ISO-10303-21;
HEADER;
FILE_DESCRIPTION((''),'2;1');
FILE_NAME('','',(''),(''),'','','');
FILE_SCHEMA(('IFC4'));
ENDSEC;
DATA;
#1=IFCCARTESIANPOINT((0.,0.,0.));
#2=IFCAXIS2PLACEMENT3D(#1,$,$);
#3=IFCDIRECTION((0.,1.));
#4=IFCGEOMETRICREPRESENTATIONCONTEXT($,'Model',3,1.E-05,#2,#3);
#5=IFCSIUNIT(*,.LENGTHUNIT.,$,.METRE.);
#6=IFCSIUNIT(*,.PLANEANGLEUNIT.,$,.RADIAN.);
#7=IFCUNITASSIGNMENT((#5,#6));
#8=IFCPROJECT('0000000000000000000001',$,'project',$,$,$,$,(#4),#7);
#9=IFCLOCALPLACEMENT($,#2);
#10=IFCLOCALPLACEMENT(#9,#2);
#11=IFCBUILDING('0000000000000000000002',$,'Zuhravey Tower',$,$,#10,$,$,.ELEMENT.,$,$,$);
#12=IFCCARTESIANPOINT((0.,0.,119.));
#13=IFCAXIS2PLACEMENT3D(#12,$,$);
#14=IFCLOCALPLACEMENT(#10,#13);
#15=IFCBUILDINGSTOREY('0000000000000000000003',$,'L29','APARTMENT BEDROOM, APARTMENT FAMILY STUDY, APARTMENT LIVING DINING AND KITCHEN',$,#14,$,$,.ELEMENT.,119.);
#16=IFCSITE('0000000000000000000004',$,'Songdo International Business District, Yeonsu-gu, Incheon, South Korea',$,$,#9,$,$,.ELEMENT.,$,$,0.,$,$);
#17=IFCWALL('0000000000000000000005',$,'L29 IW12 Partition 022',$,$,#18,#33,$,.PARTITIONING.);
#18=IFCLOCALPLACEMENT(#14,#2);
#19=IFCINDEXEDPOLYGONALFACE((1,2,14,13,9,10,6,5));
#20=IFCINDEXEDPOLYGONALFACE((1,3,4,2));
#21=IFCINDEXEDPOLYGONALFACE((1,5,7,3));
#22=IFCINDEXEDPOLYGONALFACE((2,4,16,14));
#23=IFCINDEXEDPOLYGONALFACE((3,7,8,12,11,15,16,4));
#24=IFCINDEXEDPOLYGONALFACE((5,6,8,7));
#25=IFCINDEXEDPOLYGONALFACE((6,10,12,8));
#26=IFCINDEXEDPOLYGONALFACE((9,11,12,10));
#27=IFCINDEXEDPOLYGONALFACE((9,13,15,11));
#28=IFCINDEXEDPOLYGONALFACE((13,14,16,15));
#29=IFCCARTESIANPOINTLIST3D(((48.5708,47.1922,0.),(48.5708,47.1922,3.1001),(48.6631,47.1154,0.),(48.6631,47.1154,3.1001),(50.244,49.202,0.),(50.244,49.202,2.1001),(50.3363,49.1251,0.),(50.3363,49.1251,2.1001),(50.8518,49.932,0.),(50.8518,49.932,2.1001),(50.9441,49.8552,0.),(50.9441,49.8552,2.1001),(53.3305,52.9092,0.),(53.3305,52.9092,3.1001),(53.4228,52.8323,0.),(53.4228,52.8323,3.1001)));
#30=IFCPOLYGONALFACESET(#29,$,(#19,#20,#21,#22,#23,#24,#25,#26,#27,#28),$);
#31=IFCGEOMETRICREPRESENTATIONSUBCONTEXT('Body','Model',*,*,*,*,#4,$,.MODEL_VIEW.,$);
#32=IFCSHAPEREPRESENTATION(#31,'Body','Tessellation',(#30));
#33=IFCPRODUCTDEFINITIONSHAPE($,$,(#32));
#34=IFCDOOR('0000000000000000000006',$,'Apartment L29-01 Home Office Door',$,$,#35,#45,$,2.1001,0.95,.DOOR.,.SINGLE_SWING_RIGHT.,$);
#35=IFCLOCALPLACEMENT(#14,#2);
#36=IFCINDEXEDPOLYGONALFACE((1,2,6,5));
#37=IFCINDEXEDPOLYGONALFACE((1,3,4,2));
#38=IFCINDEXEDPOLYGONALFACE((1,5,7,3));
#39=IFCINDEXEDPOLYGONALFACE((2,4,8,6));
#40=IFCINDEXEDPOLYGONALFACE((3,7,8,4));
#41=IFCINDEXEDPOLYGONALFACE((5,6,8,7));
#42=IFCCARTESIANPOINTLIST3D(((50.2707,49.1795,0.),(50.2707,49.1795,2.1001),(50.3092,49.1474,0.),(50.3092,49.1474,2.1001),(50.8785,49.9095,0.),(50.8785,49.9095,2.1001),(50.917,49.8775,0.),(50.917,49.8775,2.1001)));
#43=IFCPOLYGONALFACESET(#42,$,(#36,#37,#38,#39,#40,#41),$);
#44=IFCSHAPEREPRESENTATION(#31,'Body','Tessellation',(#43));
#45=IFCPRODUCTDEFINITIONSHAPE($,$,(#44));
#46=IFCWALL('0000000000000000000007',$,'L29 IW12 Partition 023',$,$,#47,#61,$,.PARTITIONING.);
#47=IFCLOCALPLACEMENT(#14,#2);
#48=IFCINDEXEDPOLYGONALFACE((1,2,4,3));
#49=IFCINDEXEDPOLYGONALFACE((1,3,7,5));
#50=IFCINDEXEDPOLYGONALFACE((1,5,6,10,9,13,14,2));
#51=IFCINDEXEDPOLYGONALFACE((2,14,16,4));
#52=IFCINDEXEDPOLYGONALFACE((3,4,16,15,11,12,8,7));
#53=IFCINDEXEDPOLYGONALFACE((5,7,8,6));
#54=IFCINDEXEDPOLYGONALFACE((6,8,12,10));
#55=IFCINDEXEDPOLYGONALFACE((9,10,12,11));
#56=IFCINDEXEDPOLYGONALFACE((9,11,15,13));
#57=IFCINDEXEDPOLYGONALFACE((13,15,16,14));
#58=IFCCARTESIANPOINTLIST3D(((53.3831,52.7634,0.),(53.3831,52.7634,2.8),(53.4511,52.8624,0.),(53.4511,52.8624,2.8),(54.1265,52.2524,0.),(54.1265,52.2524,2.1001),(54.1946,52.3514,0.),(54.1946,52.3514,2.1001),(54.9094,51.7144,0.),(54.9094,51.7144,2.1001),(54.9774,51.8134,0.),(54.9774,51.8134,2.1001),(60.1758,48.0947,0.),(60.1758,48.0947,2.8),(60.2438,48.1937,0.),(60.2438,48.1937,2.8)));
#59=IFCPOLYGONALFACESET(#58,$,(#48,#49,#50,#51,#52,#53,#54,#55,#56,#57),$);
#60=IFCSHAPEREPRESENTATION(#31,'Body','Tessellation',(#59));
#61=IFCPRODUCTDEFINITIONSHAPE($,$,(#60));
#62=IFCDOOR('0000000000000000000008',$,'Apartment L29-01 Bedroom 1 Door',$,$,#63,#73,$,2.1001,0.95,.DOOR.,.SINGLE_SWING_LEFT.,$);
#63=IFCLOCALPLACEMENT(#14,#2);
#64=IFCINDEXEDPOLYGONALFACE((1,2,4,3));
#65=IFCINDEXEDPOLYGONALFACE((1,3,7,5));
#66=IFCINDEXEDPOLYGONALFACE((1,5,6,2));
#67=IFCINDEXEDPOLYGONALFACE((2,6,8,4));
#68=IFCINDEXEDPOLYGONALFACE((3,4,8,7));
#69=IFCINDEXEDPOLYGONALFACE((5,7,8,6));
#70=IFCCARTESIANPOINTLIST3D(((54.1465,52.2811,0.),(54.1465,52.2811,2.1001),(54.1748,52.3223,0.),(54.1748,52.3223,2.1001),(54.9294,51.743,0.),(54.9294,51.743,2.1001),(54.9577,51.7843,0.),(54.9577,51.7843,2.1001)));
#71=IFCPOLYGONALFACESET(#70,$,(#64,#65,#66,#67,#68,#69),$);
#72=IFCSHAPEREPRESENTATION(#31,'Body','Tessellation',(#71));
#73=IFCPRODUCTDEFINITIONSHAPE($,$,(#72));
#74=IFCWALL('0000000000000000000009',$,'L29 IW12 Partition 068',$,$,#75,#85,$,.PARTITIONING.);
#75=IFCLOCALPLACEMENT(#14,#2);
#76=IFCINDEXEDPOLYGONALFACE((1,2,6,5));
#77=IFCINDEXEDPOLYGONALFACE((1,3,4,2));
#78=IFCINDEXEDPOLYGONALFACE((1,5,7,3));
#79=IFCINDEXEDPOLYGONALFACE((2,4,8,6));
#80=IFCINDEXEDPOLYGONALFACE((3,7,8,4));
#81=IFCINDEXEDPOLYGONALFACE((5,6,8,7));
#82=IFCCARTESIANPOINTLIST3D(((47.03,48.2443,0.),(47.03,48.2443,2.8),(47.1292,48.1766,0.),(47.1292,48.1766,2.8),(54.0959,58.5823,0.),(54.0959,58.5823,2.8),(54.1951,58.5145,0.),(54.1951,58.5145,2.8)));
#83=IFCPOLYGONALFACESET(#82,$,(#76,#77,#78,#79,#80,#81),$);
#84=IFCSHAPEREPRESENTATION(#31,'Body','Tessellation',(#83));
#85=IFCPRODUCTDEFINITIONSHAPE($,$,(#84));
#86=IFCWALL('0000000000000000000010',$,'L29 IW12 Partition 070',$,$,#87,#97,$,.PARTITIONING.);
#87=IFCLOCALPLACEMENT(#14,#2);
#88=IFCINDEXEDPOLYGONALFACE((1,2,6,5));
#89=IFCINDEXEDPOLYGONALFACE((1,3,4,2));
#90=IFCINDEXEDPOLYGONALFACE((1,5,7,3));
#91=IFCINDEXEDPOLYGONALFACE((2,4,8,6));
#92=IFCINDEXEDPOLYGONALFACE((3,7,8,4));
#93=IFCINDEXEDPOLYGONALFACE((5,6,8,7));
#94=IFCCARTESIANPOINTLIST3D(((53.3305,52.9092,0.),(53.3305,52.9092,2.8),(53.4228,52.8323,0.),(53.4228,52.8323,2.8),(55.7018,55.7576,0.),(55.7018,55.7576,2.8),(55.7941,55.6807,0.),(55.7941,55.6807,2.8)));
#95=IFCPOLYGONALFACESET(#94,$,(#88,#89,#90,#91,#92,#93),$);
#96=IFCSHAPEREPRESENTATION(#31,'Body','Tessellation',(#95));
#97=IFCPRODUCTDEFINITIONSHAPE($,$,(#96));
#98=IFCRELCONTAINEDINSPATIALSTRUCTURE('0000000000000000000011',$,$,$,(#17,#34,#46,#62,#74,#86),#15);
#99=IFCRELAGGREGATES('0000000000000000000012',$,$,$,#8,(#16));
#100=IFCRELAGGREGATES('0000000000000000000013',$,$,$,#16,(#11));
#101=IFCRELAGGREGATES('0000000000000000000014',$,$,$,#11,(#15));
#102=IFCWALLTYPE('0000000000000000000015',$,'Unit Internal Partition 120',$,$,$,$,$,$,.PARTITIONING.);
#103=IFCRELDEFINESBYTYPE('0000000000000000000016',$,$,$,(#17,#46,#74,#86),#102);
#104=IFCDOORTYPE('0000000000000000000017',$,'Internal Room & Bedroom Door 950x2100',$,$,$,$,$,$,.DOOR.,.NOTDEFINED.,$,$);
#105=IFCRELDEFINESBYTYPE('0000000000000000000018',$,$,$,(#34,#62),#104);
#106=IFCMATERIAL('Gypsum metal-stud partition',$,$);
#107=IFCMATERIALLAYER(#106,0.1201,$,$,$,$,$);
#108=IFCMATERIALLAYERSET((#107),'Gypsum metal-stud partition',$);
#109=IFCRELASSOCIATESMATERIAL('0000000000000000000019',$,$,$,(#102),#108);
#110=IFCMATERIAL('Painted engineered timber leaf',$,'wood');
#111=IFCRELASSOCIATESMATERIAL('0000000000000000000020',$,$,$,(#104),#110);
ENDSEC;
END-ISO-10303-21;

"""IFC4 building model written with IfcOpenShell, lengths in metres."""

from ifc_helpers import new_model, si_unit, direction, frame, frame_2d, origin, place, context, subcontext, project, spatial, rectangle, extrude, material, layer, layer_set, type_object, element, fill, save


model = new_model("IFC4")

# Units and contexts
model_context = context("Model", 3, precision=1e-05, world=origin(), true_north=direction((0.0, 1.0)))
body_context = subcontext(model_context, "Body", "Model", "MODEL_VIEW")
ifc_project = project(units=[si_unit("LENGTHUNIT", "METRE"), si_unit("PLANEANGLEUNIT", "RADIAN")], contexts=[model_context])

# Site, building, storey
site_placement = place(None, origin())
site = spatial("IfcSite", under=ifc_project, at=site_placement, Name="Songdo International Business District, Yeonsu-gu, Incheon, South Korea", CompositionType="ELEMENT", RefElevation=0.0)
building_placement = place(site_placement, origin())
building = spatial("IfcBuilding", under=site, at=building_placement, Name="Zuhravey Tower", CompositionType="ELEMENT")
storey_placement = place(building_placement, frame((0.0, 0.0, 119.0)))
storey = spatial("IfcBuildingStorey", under=building, at=storey_placement, Name="L29", Description="APARTMENT BEDROOM, APARTMENT FAMILY STUDY, APARTMENT LIVING DINING AND KITCHEN", CompositionType="ELEMENT", Elevation=119.0)

# Shared definitions
ifc_material_1 = material(Name="Gypsum metal-stud partition")
ifc_layer_1 = layer(ifc_material_1, 0.1201)
ifc_layer_set_1 = layer_set([ifc_layer_1], Name="Gypsum metal-stud partition")
wall_type_1 = type_object("IfcWallType", Name="Unit Internal Partition 120", PredefinedType="PARTITIONING", material=ifc_layer_set_1)
ifc_material_2 = material(Name="Painted engineered timber leaf", Category="wood")
door_type = type_object("IfcDoorType", Name="Internal Room & Bedroom Door 950x2100", OperationType="NOTDEFINED", PredefinedType="DOOR", material=ifc_material_2)

# Walls, openings, doors
wall_1_placement = place(storey_placement, frame((48.6169, 47.1538, 0.0), z_axis=(0.0, 0.0, 1.0), x_axis=(0.639832, 0.768514, 0.0)))
wall_1 = element("IfcWall", 1, at=wall_1_placement, inside=storey, type_object=wall_type_1, Name="L29 IW12 Partition 022", PredefinedType="PARTITIONING", context=body_context, shape_type="SweptSolid", body=[
    extrude(rectangle(XDim=7.439, YDim=0.1201, at=frame_2d((3.7195, 0.0))), origin(), (0.0, 0.0, 1.0), 3.1001),
])
opening_1_placement = place(wall_1_placement, frame((2.615, 0.0, 0.0)))
opening_1 = element("IfcOpeningElement", 2, at=opening_1_placement, cuts=wall_1, PredefinedType="OPENING", context=body_context, shape_type="SweptSolid", body=[
    extrude(rectangle(XDim=0.95, YDim=2.1001, at=frame_2d((0.4751, 1.05))), frame((0.0, 0.072, 0.0), z_axis=(0.0, -1.0, 0.0), x_axis=(1.0, 0.0, 0.0)), (0.0, 0.0, 1.0), 0.144),
])
door_1_placement = place(opening_1_placement, frame((0.95, 0.0, 0.0), z_axis=(0.0, 0.0, 1.0), x_axis=(-1.0, 0.0, 0.0)))
door_1 = element("IfcDoor", 3, at=door_1_placement, inside=storey, type_object=door_type, Name="Apartment L29-01 Home Office Door", OperationType="SINGLE_SWING_RIGHT", OverallHeight=2.1001, OverallWidth=0.95, PredefinedType="DOOR", context=body_context, shape_type="SweptSolid", body=[
    extrude(rectangle(XDim=0.95, YDim=2.1001, at=frame_2d((0.4751, 1.05))), frame((0.0, 0.0249, 0.0), z_axis=(0.0, -1.0, 0.0), x_axis=(1.0, 0.0, 0.0)), (0.0, 0.0, 1.0), 0.05),
])
fill(opening_1, door_1)
wall_2_placement = place(storey_placement, frame((60.2097, 48.1443, 0.0), z_axis=(0.0, 0.0, 1.0), x_axis=(-0.824115, 0.566422, 0.0)))
wall_2 = element("IfcWall", 4, at=wall_2_placement, inside=storey, type_object=wall_type_1, Name="L29 IW12 Partition 023", PredefinedType="PARTITIONING", context=body_context, shape_type="SweptSolid", body=[
    extrude(rectangle(XDim=8.2424, YDim=0.1201, at=frame_2d((4.1211, 0.0))), origin(), (0.0, 0.0, 1.0), 2.8),
])
opening_2_placement = place(wall_2_placement, frame((6.3901, 0.0, 0.0)))
opening_2 = element("IfcOpeningElement", 5, at=opening_2_placement, cuts=wall_2, PredefinedType="OPENING", context=body_context, shape_type="SweptSolid", body=[
    extrude(rectangle(XDim=0.95, YDim=2.1001, at=frame_2d((0.4751, 1.05))), frame((0.0, 0.072, 0.0), z_axis=(0.0, -1.0, 0.0), x_axis=(1.0, 0.0, 0.0)), (0.0, 0.0, 1.0), 0.144),
])
door_2_placement = place(opening_2_placement, frame((0.95, 0.0, 0.0), z_axis=(0.0, 0.0, 1.0), x_axis=(-1.0, 0.0, 0.0)))
door_2 = element("IfcDoor", 6, at=door_2_placement, inside=storey, type_object=door_type, Name="Apartment L29-01 Bedroom 1 Door", OperationType="SINGLE_SWING_LEFT", OverallHeight=2.1001, OverallWidth=0.95, PredefinedType="DOOR", context=body_context, shape_type="SweptSolid", body=[
    extrude(rectangle(XDim=0.95, YDim=2.1001, at=frame_2d((0.4751, 1.05))), frame((0.0, 0.0249, 0.0), z_axis=(0.0, -1.0, 0.0), x_axis=(1.0, 0.0, 0.0)), (0.0, 0.0, 1.0), 0.05),
])
fill(opening_2, door_2)

# Walls
wall_3_placement = place(storey_placement, frame((47.0796, 48.2104, 0.0), z_axis=(0.0, 0.0, 1.0), x_axis=(0.564283, 0.825582, 0.0)))
element("IfcWall", 7, at=wall_3_placement, inside=storey, type_object=wall_type_1, Name="L29 IW12 Partition 068", PredefinedType="PARTITIONING", context=body_context, shape_type="SweptSolid", body=[
    extrude(rectangle(XDim=12.522, YDim=0.1201, at=frame_2d((6.261, 0.0))), origin(), (0.0, 0.0, 1.0), 2.8),
])
wall_4_placement = place(storey_placement, frame((53.3767, 52.8708, 0.0), z_axis=(0.0, 0.0, 1.0), x_axis=(0.639815, 0.768529, 0.0)))
element("IfcWall", 8, at=wall_4_placement, inside=storey, type_object=wall_type_1, Name="L29 IW12 Partition 070", PredefinedType="PARTITIONING", context=body_context, shape_type="SweptSolid", body=[
    extrude(rectangle(XDim=3.7063, YDim=0.1201, at=frame_2d((1.853, 0.0))), origin(), (0.0, 0.0, 1.0), 2.8),
])

save(model, "model.ifc")
